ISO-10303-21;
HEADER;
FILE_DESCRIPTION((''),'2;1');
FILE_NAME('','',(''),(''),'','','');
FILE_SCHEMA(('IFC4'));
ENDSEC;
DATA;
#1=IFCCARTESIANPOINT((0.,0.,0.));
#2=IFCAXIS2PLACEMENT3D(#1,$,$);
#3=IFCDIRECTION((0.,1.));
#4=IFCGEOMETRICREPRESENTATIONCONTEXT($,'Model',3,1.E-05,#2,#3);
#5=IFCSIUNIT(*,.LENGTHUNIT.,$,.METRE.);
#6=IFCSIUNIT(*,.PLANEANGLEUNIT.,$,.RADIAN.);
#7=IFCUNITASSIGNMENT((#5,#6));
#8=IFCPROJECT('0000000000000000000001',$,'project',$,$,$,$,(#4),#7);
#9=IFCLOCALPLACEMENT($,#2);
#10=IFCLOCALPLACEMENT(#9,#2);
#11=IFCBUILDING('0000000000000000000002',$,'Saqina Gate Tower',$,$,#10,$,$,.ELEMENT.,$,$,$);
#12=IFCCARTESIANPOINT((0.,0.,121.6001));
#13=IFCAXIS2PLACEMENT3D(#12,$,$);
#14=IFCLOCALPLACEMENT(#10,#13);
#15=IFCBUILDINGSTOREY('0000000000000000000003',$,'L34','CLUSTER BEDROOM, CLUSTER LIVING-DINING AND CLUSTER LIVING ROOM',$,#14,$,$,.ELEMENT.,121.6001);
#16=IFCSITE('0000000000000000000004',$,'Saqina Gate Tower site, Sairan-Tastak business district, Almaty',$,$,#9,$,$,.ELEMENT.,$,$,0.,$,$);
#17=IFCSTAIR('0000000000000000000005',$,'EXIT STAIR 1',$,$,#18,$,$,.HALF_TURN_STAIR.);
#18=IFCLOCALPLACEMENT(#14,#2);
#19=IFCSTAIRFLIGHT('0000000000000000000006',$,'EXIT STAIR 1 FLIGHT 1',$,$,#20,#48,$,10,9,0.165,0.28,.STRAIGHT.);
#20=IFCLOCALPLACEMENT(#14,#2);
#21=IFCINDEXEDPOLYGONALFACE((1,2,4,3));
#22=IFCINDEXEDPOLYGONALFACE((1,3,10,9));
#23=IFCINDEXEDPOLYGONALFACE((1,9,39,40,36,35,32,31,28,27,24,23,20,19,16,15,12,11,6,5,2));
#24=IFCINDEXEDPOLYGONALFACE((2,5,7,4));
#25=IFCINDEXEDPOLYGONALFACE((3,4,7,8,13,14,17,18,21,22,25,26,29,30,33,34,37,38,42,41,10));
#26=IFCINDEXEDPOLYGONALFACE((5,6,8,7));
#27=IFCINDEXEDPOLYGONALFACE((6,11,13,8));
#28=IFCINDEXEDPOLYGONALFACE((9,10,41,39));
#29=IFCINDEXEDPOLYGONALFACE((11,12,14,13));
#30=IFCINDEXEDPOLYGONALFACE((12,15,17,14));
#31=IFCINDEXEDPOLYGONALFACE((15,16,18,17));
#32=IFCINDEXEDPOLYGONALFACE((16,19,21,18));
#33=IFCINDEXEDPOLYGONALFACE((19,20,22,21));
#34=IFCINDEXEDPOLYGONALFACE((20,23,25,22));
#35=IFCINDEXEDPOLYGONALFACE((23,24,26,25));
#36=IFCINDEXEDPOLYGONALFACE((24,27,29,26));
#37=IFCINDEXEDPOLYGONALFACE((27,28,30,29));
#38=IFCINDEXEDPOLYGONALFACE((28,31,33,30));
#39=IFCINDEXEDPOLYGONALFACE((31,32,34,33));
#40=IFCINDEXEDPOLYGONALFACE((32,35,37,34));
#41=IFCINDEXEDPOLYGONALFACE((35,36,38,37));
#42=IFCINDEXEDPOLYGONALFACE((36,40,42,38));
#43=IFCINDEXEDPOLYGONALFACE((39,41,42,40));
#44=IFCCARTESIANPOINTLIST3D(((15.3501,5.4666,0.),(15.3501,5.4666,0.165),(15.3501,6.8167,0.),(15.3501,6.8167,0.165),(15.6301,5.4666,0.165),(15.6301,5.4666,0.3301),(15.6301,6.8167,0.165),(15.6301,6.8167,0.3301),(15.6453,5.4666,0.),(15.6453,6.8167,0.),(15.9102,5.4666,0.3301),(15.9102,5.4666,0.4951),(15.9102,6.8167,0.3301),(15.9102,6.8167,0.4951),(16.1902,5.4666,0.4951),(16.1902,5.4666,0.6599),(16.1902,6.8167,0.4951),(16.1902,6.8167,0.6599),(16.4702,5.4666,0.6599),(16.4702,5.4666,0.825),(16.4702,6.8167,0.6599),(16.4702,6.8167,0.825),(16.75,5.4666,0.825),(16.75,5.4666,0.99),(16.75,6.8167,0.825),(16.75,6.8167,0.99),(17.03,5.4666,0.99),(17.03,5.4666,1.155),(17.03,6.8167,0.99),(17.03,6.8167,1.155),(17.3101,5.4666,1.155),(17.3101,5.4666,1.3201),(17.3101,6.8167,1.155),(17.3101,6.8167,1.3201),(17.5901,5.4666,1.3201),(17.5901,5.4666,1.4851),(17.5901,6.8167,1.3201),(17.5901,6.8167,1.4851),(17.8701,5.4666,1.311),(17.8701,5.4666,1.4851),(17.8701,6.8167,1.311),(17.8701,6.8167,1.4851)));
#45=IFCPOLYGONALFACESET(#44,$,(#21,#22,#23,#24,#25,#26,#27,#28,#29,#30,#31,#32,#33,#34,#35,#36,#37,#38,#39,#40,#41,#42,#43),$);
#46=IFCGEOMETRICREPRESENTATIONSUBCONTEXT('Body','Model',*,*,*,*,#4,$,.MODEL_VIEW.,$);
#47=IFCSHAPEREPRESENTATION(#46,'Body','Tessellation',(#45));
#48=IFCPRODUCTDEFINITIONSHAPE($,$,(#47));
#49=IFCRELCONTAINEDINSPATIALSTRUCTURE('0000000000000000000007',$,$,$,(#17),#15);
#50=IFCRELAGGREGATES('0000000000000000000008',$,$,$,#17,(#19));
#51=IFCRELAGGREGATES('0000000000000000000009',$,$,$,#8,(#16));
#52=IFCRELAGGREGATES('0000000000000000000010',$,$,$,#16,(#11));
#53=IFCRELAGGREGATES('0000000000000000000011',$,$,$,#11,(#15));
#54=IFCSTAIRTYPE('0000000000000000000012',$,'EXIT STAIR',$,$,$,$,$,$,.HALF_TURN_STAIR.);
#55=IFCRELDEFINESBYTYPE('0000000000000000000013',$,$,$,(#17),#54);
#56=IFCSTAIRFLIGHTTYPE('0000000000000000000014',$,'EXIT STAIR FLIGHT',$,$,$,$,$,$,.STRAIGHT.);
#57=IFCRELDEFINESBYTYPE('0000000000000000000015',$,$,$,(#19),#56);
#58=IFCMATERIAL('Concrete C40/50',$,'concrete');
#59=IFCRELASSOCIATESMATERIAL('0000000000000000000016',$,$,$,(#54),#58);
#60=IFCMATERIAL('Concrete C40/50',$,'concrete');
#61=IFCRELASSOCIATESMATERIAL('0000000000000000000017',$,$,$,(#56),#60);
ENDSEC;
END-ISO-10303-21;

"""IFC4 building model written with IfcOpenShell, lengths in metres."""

from ifc_helpers import new_model, si_unit, direction, frame, origin, place, context, subcontext, project, spatial, polyline, outline, extrude, material, type_object, element, aggregate, save


model = new_model("IFC4")

# Units and contexts
model_context = context("Model", 3, precision=1e-05, world=origin(), true_north=direction((0.0, 1.0)))
body_context = subcontext(model_context, "Body", "Model", "MODEL_VIEW")
ifc_project = project(units=[si_unit("LENGTHUNIT", "METRE"), si_unit("PLANEANGLEUNIT", "RADIAN")], contexts=[model_context])

# Site, building, storey
site_placement = place(None, origin())
site = spatial("IfcSite", under=ifc_project, at=site_placement, Name="Saqina Gate Tower site, Sairan-Tastak business district, Almaty", CompositionType="ELEMENT", RefElevation=0.0)
building_placement = place(site_placement, origin())
building = spatial("IfcBuilding", under=site, at=building_placement, Name="Saqina Gate Tower", CompositionType="ELEMENT")
storey_placement = place(building_placement, frame((0.0, 0.0, 121.6001)))
storey = spatial("IfcBuildingStorey", under=building, at=storey_placement, Name="L34", Description="CLUSTER BEDROOM, CLUSTER LIVING-DINING AND CLUSTER LIVING ROOM", CompositionType="ELEMENT", Elevation=121.6001)

# Stair, stair flight
ifc_material_1 = material(Name="Concrete C40/50", Category="concrete")
stair_type = type_object("IfcStairType", Name="EXIT STAIR", PredefinedType="HALF_TURN_STAIR", material=ifc_material_1)
stair_placement = place(storey_placement, origin())
stair = element("IfcStair", 1, at=stair_placement, inside=storey, type_object=stair_type, Name="EXIT STAIR 1", PredefinedType="HALF_TURN_STAIR")
ifc_material_2 = material(Name="Concrete C40/50", Category="concrete")
stair_flight_type = type_object("IfcStairFlightType", Name="EXIT STAIR FLIGHT", PredefinedType="STRAIGHT", material=ifc_material_2)
stair_flight_placement = place(storey_placement, frame((15.3501, 6.1416, 0.0), z_axis=(0.0, 0.0, 1.0), x_axis=(1.0, 0.0, 0.0)))
stair_flight = element("IfcStairFlight", 2, at=stair_flight_placement, type_object=stair_flight_type, Name="EXIT STAIR 1 FLIGHT 1", NumberOfRisers=10, NumberOfTreads=9, PredefinedType="STRAIGHT", RiserHeight=0.165, TreadLength=0.28, context=body_context, shape_type="SweptSolid", body=[
    extrude(outline(polyline([(0.0, 0.0), (0.0, 0.165), (0.28, 0.165), (0.28, 0.3301), (0.5601, 0.3301), (0.5601, 0.4951), (0.8401, 0.4951), (0.8401, 0.6599), (1.1201, 0.6599), (1.1201, 0.825), (1.3999, 0.825), (1.3999, 0.99), (1.6799, 0.99), (1.6799, 1.155), (1.96, 1.155), (1.96, 1.3201), (2.24, 1.3201), (2.24, 1.4851), (2.52, 1.4851), (2.52, 1.6499), (2.52, 1.311), (0.2952, 0.0), (0.0, 0.0)])), frame((0.0, 0.675, 0.0), z_axis=(0.0, -1.0, 0.0), x_axis=(1.0, 0.0, 0.0)), (0.0, 0.0, 1.0), 1.3501),
])
aggregate(stair, [stair_flight])

save(model, "model.ifc")
